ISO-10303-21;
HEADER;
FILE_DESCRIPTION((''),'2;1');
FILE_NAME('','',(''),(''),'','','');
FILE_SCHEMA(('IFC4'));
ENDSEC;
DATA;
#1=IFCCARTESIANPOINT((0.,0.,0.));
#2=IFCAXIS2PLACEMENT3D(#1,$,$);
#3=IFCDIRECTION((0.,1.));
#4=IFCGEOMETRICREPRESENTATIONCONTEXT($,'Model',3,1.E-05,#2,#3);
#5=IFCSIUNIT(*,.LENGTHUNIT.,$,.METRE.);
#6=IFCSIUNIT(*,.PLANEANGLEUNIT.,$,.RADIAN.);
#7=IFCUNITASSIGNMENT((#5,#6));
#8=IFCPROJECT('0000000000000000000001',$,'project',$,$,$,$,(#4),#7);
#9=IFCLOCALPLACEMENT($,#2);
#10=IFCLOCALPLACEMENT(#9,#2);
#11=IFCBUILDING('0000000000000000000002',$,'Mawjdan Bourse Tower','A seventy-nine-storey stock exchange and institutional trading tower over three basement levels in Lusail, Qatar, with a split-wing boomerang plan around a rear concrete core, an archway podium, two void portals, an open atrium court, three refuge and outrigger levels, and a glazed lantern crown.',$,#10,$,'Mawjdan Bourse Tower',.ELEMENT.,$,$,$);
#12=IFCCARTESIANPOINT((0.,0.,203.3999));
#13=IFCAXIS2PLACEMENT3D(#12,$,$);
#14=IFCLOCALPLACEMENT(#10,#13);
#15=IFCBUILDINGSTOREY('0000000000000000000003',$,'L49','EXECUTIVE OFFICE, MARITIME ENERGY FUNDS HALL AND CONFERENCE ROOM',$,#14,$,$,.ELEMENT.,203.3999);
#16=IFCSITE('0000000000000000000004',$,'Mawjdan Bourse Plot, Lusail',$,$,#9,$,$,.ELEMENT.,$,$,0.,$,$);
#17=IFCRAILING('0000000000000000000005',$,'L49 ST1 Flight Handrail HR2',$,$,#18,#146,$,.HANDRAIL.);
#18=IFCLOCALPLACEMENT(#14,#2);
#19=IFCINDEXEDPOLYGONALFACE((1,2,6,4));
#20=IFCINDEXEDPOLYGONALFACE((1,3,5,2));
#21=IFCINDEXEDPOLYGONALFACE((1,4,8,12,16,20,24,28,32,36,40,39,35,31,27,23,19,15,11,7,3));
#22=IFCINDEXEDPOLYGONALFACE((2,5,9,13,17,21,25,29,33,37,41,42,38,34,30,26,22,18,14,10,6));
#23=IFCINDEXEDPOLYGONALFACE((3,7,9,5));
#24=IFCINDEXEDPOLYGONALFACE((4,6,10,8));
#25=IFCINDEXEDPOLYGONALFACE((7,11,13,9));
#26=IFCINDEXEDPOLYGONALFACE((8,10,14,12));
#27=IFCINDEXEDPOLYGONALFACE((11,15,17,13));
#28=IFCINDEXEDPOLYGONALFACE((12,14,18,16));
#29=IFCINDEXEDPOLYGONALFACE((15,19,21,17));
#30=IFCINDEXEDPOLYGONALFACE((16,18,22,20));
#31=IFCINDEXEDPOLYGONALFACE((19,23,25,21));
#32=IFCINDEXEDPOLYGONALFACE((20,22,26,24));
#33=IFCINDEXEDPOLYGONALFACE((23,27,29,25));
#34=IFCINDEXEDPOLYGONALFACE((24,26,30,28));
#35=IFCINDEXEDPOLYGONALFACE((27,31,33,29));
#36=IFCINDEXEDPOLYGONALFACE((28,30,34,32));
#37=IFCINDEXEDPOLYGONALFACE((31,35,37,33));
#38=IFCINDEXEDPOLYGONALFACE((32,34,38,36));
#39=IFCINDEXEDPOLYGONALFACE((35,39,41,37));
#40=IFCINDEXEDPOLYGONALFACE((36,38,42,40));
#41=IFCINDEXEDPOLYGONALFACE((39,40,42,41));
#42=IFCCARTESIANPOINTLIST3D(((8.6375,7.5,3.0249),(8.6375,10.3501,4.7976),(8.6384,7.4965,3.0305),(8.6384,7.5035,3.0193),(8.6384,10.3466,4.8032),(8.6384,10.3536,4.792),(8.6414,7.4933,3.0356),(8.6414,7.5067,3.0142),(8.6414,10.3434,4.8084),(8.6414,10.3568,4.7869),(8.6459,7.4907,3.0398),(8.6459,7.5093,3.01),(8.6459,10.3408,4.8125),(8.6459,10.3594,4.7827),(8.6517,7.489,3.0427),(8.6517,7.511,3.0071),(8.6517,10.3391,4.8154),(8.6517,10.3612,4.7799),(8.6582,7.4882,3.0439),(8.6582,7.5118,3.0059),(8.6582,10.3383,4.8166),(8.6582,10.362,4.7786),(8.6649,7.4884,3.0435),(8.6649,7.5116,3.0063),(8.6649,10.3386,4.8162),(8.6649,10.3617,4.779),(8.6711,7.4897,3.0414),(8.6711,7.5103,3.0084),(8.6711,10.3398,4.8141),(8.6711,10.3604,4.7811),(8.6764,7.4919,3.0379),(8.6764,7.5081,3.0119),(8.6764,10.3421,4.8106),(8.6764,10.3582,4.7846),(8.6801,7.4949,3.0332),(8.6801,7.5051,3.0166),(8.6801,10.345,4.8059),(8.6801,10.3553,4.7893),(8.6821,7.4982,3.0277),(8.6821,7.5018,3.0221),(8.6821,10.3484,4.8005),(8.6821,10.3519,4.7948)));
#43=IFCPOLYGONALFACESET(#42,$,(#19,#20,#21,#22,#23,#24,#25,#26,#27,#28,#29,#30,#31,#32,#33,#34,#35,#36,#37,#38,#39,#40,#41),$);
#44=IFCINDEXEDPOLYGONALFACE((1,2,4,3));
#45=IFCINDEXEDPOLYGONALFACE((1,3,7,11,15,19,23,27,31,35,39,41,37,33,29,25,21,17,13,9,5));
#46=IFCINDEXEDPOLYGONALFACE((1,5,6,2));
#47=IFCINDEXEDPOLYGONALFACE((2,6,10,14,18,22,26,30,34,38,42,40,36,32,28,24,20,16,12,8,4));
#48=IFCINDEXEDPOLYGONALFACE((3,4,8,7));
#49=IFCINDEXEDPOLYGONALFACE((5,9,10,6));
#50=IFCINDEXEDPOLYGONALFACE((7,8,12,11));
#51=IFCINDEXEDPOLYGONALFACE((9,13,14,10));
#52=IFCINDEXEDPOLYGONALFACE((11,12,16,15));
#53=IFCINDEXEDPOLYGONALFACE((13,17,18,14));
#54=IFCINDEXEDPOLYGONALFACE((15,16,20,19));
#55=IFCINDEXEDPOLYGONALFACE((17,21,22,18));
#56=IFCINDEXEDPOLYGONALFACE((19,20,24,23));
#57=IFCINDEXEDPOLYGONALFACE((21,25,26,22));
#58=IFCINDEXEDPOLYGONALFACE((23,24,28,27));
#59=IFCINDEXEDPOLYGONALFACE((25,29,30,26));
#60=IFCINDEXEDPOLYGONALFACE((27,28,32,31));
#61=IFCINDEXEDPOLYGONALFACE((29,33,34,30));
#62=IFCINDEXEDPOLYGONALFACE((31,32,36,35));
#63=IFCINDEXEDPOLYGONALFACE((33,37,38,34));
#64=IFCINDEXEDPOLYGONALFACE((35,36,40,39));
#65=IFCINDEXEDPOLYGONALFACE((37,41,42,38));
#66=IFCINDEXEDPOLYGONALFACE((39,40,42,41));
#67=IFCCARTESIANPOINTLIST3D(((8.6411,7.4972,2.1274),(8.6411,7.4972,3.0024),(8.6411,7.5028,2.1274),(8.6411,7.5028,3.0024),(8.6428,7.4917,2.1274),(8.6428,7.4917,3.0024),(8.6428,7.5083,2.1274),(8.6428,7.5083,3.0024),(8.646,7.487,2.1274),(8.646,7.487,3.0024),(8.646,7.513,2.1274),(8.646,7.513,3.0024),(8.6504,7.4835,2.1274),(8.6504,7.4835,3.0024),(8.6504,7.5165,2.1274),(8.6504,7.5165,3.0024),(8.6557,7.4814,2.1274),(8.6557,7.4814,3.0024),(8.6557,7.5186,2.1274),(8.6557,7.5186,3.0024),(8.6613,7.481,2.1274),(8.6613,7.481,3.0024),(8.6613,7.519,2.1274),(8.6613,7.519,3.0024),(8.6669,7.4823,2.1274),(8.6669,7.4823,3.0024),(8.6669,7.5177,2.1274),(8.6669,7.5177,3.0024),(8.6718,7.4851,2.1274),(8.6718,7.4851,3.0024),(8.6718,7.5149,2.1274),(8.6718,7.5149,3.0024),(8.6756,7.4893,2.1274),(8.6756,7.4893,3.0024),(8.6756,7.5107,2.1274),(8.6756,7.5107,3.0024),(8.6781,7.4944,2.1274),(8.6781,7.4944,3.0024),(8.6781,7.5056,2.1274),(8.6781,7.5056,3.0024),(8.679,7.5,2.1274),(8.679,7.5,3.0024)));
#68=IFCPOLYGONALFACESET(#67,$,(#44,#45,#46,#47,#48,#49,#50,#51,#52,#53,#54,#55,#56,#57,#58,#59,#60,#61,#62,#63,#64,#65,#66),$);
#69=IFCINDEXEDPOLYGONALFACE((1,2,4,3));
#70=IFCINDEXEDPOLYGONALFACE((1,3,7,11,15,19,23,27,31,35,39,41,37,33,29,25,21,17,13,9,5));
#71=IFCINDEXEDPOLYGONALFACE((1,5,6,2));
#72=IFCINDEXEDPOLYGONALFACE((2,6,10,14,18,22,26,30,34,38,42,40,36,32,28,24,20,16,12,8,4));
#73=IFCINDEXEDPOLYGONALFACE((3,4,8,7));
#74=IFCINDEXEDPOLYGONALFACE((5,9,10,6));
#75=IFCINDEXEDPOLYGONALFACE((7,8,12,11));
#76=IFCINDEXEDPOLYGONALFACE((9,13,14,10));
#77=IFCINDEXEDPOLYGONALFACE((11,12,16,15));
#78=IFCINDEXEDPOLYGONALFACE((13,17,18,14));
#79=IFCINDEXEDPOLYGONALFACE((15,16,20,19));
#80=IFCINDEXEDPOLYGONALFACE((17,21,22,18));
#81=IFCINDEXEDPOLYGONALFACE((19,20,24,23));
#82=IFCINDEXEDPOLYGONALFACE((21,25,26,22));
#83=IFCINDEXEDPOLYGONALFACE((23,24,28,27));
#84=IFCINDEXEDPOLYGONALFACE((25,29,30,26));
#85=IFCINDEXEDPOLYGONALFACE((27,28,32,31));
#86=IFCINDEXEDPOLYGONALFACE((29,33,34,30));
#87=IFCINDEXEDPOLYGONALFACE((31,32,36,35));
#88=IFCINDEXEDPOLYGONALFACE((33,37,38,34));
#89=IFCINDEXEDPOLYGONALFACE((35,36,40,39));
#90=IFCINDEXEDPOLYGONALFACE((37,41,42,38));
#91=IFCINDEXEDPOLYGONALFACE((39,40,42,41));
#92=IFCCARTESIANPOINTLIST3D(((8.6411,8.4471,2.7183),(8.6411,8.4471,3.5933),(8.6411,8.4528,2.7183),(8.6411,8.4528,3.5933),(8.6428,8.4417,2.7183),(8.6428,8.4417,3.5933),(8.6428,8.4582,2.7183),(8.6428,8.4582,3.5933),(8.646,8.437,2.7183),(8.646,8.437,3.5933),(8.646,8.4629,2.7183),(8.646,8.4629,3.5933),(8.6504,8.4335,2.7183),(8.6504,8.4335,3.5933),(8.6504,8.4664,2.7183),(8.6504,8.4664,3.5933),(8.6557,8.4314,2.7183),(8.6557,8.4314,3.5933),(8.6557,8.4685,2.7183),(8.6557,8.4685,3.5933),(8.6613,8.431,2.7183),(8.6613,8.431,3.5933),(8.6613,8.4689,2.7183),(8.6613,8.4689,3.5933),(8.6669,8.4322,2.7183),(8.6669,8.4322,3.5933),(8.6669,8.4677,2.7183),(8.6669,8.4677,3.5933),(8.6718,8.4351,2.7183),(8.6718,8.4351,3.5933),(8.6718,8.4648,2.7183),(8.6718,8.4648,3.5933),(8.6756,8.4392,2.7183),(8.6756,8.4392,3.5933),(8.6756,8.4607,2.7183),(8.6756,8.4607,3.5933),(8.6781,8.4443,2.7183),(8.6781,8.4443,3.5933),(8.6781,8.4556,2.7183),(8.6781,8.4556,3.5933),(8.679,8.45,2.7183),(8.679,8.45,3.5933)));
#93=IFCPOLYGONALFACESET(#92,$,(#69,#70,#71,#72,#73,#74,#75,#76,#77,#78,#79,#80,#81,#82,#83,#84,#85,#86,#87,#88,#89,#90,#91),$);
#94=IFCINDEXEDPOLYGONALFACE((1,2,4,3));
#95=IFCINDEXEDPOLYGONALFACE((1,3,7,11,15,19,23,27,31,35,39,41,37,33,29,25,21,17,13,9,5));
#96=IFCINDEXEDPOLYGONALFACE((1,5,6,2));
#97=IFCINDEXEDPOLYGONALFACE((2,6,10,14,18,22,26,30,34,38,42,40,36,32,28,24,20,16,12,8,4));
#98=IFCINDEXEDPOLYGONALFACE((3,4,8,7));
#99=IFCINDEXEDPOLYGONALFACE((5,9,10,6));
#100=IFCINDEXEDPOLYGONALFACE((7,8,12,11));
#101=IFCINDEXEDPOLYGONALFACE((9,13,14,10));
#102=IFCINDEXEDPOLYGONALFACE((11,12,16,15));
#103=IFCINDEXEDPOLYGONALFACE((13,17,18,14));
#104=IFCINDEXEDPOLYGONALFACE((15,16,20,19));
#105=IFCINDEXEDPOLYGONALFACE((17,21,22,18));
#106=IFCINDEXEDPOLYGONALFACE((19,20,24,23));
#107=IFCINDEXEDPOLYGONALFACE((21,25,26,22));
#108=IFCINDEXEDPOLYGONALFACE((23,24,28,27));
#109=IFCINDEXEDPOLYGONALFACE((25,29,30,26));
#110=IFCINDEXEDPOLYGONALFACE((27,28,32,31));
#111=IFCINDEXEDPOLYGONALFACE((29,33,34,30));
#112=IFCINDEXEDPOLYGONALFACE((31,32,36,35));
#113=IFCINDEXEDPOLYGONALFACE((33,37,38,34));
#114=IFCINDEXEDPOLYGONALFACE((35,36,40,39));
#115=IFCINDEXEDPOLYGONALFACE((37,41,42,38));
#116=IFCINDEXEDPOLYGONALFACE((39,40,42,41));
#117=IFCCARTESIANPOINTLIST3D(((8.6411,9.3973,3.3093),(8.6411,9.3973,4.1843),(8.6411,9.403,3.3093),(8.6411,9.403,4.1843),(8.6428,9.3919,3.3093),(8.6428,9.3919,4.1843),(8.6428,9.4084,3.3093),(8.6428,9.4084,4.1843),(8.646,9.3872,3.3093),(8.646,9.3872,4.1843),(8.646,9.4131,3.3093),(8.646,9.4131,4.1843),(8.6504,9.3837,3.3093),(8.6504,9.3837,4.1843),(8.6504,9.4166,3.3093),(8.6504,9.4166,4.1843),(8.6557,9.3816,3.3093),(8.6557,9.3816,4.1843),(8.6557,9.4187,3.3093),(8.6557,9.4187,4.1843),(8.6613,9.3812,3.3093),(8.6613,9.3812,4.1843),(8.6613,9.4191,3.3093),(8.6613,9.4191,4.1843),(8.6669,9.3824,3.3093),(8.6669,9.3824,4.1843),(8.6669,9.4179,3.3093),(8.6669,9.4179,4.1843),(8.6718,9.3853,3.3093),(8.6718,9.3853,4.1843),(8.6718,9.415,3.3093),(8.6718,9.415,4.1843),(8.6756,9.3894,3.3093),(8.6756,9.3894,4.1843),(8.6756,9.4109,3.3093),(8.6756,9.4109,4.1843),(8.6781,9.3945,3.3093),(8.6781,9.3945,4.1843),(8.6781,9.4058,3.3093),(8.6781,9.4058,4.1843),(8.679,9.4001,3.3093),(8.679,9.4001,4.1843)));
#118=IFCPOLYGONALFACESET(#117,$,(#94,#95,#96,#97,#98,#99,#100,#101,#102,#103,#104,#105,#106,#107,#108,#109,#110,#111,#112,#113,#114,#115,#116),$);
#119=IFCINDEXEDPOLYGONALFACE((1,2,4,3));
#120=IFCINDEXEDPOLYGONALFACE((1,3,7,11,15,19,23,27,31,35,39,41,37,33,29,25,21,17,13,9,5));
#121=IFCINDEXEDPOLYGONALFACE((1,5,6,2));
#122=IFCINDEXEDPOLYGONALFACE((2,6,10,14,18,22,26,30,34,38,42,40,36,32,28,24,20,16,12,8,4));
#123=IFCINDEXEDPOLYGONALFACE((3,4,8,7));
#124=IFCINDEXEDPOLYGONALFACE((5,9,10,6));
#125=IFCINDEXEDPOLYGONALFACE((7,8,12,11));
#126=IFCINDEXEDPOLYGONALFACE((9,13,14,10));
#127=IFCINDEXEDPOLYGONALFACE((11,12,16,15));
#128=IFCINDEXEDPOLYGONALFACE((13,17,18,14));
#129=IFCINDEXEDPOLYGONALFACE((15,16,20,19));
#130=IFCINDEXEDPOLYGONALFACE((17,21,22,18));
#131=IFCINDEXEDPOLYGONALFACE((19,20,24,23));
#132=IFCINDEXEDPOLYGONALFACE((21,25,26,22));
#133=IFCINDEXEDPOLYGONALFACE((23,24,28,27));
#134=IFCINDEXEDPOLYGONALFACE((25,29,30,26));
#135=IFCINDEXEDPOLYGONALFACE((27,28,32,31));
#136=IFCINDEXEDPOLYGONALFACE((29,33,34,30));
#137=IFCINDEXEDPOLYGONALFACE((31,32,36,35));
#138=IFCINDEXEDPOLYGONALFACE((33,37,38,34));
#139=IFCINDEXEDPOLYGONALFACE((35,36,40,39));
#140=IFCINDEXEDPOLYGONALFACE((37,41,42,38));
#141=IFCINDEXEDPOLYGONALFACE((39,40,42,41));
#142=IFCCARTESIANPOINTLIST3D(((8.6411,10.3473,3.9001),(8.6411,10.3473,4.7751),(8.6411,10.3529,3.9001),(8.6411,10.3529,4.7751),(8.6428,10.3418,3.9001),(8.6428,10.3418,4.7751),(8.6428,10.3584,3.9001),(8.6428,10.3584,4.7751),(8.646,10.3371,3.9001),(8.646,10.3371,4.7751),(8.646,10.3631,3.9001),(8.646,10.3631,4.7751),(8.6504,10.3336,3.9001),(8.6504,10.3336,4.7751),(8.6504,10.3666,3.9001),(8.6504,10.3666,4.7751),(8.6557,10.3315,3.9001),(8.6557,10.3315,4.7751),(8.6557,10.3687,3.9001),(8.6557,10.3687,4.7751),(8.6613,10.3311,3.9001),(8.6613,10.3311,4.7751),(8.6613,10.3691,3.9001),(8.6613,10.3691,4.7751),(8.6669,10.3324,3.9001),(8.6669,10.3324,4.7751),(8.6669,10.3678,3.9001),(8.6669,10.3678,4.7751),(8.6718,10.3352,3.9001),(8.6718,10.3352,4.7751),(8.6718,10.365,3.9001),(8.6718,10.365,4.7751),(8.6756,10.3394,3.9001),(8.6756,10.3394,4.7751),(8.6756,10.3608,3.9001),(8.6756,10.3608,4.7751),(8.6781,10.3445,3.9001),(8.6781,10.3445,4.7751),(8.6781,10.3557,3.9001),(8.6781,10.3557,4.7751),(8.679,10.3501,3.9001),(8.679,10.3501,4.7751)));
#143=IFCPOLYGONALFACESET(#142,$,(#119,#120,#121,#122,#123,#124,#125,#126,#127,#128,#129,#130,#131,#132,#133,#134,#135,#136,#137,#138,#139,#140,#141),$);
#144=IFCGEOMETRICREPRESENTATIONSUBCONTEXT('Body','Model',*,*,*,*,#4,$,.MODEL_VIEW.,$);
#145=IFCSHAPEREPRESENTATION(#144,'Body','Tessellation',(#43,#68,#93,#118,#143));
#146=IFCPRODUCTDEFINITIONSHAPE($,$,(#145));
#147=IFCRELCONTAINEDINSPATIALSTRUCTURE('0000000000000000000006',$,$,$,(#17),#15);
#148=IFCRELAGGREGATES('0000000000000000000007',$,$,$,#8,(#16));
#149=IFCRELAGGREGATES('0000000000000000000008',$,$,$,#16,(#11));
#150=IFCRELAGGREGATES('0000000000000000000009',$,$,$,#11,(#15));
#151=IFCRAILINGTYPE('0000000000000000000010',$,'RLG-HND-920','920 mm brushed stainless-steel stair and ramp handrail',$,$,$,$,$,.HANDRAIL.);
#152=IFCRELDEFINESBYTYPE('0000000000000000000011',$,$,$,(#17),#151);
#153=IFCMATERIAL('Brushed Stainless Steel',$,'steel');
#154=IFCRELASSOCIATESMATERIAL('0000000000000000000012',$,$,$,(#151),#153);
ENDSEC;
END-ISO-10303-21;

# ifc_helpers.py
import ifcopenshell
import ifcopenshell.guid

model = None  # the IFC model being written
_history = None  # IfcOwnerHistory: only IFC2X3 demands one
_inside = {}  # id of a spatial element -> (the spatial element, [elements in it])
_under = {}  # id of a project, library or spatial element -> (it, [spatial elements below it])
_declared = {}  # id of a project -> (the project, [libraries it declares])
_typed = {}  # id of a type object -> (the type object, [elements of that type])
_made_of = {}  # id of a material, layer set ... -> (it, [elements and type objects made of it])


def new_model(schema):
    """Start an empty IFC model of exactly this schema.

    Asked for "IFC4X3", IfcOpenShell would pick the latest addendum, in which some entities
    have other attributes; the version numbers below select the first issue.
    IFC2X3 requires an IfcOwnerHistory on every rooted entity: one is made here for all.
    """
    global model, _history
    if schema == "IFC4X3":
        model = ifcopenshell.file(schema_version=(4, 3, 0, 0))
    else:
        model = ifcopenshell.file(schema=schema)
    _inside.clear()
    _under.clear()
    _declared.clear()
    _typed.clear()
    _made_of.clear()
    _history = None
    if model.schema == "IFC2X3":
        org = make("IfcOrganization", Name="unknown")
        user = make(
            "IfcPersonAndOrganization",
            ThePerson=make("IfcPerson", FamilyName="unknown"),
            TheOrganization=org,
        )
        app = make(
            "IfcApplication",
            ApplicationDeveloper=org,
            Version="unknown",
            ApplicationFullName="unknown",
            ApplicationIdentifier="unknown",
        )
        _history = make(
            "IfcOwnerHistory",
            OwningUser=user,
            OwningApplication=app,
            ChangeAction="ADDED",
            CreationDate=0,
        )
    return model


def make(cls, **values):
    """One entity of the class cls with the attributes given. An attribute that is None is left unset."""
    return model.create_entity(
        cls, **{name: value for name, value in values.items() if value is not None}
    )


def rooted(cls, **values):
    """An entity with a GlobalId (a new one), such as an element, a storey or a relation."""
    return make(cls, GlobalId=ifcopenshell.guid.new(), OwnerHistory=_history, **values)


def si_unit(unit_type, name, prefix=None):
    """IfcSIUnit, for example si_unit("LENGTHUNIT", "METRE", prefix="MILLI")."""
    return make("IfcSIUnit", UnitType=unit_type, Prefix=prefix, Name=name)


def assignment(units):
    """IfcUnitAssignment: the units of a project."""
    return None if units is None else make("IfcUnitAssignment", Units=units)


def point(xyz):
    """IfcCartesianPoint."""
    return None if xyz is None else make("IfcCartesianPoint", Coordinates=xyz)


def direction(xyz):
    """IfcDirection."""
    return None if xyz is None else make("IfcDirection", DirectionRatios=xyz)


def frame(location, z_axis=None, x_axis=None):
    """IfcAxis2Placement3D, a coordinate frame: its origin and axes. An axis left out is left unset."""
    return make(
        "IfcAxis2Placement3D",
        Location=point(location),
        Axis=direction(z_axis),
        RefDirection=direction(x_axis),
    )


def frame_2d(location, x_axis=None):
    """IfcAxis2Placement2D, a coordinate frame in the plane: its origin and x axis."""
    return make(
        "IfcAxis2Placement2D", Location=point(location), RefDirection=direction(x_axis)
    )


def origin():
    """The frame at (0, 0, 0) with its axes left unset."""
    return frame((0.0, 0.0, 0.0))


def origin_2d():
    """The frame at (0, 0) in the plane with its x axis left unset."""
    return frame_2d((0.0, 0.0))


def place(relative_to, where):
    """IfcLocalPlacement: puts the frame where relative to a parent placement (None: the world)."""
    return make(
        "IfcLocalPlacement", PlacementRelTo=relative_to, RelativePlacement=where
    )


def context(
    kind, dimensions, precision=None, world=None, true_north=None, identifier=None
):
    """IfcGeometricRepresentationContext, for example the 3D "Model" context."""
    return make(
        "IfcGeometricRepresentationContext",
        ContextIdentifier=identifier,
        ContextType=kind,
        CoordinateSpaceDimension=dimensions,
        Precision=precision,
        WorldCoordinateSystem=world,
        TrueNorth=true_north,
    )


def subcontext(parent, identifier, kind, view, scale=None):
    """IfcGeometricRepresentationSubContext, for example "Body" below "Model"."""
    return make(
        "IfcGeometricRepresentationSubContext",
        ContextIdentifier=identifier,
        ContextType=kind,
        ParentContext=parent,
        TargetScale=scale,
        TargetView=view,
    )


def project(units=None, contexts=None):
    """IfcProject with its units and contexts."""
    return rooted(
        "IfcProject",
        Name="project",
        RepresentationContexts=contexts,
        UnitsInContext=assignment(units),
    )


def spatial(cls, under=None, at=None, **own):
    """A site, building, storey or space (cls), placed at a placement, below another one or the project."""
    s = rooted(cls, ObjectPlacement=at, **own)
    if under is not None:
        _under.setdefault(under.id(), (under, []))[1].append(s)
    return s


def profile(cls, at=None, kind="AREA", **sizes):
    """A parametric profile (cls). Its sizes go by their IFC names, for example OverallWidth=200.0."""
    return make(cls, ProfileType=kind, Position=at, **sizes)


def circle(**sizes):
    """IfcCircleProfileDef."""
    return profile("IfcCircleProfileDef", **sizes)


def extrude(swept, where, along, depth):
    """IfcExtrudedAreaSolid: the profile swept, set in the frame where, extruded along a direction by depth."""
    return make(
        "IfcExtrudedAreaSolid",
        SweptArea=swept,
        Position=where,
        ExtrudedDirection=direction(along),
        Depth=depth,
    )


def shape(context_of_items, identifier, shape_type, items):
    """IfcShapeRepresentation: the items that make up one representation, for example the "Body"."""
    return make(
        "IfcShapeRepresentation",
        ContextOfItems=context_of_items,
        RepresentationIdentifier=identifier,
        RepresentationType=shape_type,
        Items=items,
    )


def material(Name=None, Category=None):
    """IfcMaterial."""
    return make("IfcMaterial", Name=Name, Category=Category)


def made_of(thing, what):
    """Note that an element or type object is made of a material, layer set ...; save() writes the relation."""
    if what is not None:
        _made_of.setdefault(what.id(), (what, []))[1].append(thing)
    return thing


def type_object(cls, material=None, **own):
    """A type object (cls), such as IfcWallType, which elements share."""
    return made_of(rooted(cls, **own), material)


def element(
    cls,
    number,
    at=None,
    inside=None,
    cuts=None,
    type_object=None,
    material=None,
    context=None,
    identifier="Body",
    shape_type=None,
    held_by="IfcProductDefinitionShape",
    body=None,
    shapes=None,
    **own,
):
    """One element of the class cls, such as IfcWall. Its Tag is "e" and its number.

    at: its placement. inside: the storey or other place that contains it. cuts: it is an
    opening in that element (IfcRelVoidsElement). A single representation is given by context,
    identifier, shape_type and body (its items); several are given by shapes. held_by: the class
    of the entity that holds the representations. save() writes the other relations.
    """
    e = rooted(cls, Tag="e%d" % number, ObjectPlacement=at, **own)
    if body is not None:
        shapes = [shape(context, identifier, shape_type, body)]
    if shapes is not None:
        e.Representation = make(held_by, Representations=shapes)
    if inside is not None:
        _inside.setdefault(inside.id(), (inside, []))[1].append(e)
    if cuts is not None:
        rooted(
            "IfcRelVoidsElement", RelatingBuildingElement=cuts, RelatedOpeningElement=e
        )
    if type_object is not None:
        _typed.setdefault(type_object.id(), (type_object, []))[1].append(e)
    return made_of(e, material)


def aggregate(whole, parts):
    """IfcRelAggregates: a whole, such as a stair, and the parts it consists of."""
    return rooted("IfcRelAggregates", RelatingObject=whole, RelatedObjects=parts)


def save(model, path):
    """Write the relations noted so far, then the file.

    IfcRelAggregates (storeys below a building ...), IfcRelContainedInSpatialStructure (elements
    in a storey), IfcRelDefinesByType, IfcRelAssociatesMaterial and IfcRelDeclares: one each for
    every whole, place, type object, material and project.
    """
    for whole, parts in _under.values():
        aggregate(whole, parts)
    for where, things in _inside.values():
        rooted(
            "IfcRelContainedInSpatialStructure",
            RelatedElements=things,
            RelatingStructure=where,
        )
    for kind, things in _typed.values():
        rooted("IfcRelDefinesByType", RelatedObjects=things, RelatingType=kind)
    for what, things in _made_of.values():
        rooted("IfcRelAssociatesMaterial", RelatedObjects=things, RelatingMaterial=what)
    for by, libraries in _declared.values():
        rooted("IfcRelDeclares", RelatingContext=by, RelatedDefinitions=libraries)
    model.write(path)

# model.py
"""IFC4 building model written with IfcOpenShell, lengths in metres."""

from ifc_helpers import new_model, si_unit, direction, frame, origin, origin_2d, place, context, subcontext, project, spatial, circle, extrude, material, type_object, element, save


model = new_model("IFC4")

# Units and contexts
model_context = context("Model", 3, precision=1e-05, world=origin(), true_north=direction((0.0, 1.0)))
body_context = subcontext(model_context, "Body", "Model", "MODEL_VIEW")
ifc_project = project(units=[si_unit("LENGTHUNIT", "METRE"), si_unit("PLANEANGLEUNIT", "RADIAN")], contexts=[model_context])

# Site, building, storey
site_placement = place(None, origin())
site = spatial("IfcSite", under=ifc_project, at=site_placement, Name="Mawjdan Bourse Plot, Lusail", CompositionType="ELEMENT", RefElevation=0.0)
building_placement = place(site_placement, origin())
building = spatial("IfcBuilding", under=site, at=building_placement, Name="Mawjdan Bourse Tower", Description="A seventy-nine-storey stock exchange and institutional trading tower over three basement levels in Lusail, Qatar, with a split-wing boomerang plan around a rear concrete core, an archway podium, two void portals, an open atrium court, three refuge and outrigger levels, and a glazed lantern crown.", LongName="Mawjdan Bourse Tower", CompositionType="ELEMENT")
storey_placement = place(building_placement, frame((0.0, 0.0, 203.3999)))
storey = spatial("IfcBuildingStorey", under=building, at=storey_placement, Name="L49", Description="EXECUTIVE OFFICE, MARITIME ENERGY FUNDS HALL AND CONFERENCE ROOM", CompositionType="ELEMENT", Elevation=203.3999)

# Railing
ifc_material_1 = material(Name="Brushed Stainless Steel", Category="steel")
railing_type_1 = type_object("IfcRailingType", Name="RLG-HND-920", Description="920 mm brushed stainless-steel stair and ramp handrail", PredefinedType="HANDRAIL", material=ifc_material_1)
for number, where, name in (
    (1, (8.6599, 7.5, 2.1274), "L49 ST1 Flight Handrail HR2"),
):
    element("IfcRailing", number, at=place(storey_placement, frame(where)), inside=storey, type_object=railing_type_1, Name=name, PredefinedType="HANDRAIL", context=body_context, shape_type="SweptSolid", body=[
        extrude(circle(Radius=0.0225, at=origin_2d()), frame((0.0, 0.0, 0.8975), z_axis=(0.0, 0.849149, 0.528154), x_axis=(-1.0, 0.0, 0.0)), (0.0, 0.0, 1.0), 3.3564),
        extrude(circle(Radius=0.019, at=origin_2d()), origin(), (0.0, 0.0, 1.0), 0.875),
        extrude(circle(Radius=0.019, at=origin_2d()), frame((0.0, 0.95, 0.5908)), (0.0, 0.0, 1.0), 0.875),
        extrude(circle(Radius=0.019, at=origin_2d()), frame((0.0, 1.9001, 1.1819)), (0.0, 0.0, 1.0), 0.875),
        extrude(circle(Radius=0.019, at=origin_2d()), frame((0.0, 2.8501, 1.7727)), (0.0, 0.0, 1.0), 0.875),
    ])

save(model, "model.ifc")
